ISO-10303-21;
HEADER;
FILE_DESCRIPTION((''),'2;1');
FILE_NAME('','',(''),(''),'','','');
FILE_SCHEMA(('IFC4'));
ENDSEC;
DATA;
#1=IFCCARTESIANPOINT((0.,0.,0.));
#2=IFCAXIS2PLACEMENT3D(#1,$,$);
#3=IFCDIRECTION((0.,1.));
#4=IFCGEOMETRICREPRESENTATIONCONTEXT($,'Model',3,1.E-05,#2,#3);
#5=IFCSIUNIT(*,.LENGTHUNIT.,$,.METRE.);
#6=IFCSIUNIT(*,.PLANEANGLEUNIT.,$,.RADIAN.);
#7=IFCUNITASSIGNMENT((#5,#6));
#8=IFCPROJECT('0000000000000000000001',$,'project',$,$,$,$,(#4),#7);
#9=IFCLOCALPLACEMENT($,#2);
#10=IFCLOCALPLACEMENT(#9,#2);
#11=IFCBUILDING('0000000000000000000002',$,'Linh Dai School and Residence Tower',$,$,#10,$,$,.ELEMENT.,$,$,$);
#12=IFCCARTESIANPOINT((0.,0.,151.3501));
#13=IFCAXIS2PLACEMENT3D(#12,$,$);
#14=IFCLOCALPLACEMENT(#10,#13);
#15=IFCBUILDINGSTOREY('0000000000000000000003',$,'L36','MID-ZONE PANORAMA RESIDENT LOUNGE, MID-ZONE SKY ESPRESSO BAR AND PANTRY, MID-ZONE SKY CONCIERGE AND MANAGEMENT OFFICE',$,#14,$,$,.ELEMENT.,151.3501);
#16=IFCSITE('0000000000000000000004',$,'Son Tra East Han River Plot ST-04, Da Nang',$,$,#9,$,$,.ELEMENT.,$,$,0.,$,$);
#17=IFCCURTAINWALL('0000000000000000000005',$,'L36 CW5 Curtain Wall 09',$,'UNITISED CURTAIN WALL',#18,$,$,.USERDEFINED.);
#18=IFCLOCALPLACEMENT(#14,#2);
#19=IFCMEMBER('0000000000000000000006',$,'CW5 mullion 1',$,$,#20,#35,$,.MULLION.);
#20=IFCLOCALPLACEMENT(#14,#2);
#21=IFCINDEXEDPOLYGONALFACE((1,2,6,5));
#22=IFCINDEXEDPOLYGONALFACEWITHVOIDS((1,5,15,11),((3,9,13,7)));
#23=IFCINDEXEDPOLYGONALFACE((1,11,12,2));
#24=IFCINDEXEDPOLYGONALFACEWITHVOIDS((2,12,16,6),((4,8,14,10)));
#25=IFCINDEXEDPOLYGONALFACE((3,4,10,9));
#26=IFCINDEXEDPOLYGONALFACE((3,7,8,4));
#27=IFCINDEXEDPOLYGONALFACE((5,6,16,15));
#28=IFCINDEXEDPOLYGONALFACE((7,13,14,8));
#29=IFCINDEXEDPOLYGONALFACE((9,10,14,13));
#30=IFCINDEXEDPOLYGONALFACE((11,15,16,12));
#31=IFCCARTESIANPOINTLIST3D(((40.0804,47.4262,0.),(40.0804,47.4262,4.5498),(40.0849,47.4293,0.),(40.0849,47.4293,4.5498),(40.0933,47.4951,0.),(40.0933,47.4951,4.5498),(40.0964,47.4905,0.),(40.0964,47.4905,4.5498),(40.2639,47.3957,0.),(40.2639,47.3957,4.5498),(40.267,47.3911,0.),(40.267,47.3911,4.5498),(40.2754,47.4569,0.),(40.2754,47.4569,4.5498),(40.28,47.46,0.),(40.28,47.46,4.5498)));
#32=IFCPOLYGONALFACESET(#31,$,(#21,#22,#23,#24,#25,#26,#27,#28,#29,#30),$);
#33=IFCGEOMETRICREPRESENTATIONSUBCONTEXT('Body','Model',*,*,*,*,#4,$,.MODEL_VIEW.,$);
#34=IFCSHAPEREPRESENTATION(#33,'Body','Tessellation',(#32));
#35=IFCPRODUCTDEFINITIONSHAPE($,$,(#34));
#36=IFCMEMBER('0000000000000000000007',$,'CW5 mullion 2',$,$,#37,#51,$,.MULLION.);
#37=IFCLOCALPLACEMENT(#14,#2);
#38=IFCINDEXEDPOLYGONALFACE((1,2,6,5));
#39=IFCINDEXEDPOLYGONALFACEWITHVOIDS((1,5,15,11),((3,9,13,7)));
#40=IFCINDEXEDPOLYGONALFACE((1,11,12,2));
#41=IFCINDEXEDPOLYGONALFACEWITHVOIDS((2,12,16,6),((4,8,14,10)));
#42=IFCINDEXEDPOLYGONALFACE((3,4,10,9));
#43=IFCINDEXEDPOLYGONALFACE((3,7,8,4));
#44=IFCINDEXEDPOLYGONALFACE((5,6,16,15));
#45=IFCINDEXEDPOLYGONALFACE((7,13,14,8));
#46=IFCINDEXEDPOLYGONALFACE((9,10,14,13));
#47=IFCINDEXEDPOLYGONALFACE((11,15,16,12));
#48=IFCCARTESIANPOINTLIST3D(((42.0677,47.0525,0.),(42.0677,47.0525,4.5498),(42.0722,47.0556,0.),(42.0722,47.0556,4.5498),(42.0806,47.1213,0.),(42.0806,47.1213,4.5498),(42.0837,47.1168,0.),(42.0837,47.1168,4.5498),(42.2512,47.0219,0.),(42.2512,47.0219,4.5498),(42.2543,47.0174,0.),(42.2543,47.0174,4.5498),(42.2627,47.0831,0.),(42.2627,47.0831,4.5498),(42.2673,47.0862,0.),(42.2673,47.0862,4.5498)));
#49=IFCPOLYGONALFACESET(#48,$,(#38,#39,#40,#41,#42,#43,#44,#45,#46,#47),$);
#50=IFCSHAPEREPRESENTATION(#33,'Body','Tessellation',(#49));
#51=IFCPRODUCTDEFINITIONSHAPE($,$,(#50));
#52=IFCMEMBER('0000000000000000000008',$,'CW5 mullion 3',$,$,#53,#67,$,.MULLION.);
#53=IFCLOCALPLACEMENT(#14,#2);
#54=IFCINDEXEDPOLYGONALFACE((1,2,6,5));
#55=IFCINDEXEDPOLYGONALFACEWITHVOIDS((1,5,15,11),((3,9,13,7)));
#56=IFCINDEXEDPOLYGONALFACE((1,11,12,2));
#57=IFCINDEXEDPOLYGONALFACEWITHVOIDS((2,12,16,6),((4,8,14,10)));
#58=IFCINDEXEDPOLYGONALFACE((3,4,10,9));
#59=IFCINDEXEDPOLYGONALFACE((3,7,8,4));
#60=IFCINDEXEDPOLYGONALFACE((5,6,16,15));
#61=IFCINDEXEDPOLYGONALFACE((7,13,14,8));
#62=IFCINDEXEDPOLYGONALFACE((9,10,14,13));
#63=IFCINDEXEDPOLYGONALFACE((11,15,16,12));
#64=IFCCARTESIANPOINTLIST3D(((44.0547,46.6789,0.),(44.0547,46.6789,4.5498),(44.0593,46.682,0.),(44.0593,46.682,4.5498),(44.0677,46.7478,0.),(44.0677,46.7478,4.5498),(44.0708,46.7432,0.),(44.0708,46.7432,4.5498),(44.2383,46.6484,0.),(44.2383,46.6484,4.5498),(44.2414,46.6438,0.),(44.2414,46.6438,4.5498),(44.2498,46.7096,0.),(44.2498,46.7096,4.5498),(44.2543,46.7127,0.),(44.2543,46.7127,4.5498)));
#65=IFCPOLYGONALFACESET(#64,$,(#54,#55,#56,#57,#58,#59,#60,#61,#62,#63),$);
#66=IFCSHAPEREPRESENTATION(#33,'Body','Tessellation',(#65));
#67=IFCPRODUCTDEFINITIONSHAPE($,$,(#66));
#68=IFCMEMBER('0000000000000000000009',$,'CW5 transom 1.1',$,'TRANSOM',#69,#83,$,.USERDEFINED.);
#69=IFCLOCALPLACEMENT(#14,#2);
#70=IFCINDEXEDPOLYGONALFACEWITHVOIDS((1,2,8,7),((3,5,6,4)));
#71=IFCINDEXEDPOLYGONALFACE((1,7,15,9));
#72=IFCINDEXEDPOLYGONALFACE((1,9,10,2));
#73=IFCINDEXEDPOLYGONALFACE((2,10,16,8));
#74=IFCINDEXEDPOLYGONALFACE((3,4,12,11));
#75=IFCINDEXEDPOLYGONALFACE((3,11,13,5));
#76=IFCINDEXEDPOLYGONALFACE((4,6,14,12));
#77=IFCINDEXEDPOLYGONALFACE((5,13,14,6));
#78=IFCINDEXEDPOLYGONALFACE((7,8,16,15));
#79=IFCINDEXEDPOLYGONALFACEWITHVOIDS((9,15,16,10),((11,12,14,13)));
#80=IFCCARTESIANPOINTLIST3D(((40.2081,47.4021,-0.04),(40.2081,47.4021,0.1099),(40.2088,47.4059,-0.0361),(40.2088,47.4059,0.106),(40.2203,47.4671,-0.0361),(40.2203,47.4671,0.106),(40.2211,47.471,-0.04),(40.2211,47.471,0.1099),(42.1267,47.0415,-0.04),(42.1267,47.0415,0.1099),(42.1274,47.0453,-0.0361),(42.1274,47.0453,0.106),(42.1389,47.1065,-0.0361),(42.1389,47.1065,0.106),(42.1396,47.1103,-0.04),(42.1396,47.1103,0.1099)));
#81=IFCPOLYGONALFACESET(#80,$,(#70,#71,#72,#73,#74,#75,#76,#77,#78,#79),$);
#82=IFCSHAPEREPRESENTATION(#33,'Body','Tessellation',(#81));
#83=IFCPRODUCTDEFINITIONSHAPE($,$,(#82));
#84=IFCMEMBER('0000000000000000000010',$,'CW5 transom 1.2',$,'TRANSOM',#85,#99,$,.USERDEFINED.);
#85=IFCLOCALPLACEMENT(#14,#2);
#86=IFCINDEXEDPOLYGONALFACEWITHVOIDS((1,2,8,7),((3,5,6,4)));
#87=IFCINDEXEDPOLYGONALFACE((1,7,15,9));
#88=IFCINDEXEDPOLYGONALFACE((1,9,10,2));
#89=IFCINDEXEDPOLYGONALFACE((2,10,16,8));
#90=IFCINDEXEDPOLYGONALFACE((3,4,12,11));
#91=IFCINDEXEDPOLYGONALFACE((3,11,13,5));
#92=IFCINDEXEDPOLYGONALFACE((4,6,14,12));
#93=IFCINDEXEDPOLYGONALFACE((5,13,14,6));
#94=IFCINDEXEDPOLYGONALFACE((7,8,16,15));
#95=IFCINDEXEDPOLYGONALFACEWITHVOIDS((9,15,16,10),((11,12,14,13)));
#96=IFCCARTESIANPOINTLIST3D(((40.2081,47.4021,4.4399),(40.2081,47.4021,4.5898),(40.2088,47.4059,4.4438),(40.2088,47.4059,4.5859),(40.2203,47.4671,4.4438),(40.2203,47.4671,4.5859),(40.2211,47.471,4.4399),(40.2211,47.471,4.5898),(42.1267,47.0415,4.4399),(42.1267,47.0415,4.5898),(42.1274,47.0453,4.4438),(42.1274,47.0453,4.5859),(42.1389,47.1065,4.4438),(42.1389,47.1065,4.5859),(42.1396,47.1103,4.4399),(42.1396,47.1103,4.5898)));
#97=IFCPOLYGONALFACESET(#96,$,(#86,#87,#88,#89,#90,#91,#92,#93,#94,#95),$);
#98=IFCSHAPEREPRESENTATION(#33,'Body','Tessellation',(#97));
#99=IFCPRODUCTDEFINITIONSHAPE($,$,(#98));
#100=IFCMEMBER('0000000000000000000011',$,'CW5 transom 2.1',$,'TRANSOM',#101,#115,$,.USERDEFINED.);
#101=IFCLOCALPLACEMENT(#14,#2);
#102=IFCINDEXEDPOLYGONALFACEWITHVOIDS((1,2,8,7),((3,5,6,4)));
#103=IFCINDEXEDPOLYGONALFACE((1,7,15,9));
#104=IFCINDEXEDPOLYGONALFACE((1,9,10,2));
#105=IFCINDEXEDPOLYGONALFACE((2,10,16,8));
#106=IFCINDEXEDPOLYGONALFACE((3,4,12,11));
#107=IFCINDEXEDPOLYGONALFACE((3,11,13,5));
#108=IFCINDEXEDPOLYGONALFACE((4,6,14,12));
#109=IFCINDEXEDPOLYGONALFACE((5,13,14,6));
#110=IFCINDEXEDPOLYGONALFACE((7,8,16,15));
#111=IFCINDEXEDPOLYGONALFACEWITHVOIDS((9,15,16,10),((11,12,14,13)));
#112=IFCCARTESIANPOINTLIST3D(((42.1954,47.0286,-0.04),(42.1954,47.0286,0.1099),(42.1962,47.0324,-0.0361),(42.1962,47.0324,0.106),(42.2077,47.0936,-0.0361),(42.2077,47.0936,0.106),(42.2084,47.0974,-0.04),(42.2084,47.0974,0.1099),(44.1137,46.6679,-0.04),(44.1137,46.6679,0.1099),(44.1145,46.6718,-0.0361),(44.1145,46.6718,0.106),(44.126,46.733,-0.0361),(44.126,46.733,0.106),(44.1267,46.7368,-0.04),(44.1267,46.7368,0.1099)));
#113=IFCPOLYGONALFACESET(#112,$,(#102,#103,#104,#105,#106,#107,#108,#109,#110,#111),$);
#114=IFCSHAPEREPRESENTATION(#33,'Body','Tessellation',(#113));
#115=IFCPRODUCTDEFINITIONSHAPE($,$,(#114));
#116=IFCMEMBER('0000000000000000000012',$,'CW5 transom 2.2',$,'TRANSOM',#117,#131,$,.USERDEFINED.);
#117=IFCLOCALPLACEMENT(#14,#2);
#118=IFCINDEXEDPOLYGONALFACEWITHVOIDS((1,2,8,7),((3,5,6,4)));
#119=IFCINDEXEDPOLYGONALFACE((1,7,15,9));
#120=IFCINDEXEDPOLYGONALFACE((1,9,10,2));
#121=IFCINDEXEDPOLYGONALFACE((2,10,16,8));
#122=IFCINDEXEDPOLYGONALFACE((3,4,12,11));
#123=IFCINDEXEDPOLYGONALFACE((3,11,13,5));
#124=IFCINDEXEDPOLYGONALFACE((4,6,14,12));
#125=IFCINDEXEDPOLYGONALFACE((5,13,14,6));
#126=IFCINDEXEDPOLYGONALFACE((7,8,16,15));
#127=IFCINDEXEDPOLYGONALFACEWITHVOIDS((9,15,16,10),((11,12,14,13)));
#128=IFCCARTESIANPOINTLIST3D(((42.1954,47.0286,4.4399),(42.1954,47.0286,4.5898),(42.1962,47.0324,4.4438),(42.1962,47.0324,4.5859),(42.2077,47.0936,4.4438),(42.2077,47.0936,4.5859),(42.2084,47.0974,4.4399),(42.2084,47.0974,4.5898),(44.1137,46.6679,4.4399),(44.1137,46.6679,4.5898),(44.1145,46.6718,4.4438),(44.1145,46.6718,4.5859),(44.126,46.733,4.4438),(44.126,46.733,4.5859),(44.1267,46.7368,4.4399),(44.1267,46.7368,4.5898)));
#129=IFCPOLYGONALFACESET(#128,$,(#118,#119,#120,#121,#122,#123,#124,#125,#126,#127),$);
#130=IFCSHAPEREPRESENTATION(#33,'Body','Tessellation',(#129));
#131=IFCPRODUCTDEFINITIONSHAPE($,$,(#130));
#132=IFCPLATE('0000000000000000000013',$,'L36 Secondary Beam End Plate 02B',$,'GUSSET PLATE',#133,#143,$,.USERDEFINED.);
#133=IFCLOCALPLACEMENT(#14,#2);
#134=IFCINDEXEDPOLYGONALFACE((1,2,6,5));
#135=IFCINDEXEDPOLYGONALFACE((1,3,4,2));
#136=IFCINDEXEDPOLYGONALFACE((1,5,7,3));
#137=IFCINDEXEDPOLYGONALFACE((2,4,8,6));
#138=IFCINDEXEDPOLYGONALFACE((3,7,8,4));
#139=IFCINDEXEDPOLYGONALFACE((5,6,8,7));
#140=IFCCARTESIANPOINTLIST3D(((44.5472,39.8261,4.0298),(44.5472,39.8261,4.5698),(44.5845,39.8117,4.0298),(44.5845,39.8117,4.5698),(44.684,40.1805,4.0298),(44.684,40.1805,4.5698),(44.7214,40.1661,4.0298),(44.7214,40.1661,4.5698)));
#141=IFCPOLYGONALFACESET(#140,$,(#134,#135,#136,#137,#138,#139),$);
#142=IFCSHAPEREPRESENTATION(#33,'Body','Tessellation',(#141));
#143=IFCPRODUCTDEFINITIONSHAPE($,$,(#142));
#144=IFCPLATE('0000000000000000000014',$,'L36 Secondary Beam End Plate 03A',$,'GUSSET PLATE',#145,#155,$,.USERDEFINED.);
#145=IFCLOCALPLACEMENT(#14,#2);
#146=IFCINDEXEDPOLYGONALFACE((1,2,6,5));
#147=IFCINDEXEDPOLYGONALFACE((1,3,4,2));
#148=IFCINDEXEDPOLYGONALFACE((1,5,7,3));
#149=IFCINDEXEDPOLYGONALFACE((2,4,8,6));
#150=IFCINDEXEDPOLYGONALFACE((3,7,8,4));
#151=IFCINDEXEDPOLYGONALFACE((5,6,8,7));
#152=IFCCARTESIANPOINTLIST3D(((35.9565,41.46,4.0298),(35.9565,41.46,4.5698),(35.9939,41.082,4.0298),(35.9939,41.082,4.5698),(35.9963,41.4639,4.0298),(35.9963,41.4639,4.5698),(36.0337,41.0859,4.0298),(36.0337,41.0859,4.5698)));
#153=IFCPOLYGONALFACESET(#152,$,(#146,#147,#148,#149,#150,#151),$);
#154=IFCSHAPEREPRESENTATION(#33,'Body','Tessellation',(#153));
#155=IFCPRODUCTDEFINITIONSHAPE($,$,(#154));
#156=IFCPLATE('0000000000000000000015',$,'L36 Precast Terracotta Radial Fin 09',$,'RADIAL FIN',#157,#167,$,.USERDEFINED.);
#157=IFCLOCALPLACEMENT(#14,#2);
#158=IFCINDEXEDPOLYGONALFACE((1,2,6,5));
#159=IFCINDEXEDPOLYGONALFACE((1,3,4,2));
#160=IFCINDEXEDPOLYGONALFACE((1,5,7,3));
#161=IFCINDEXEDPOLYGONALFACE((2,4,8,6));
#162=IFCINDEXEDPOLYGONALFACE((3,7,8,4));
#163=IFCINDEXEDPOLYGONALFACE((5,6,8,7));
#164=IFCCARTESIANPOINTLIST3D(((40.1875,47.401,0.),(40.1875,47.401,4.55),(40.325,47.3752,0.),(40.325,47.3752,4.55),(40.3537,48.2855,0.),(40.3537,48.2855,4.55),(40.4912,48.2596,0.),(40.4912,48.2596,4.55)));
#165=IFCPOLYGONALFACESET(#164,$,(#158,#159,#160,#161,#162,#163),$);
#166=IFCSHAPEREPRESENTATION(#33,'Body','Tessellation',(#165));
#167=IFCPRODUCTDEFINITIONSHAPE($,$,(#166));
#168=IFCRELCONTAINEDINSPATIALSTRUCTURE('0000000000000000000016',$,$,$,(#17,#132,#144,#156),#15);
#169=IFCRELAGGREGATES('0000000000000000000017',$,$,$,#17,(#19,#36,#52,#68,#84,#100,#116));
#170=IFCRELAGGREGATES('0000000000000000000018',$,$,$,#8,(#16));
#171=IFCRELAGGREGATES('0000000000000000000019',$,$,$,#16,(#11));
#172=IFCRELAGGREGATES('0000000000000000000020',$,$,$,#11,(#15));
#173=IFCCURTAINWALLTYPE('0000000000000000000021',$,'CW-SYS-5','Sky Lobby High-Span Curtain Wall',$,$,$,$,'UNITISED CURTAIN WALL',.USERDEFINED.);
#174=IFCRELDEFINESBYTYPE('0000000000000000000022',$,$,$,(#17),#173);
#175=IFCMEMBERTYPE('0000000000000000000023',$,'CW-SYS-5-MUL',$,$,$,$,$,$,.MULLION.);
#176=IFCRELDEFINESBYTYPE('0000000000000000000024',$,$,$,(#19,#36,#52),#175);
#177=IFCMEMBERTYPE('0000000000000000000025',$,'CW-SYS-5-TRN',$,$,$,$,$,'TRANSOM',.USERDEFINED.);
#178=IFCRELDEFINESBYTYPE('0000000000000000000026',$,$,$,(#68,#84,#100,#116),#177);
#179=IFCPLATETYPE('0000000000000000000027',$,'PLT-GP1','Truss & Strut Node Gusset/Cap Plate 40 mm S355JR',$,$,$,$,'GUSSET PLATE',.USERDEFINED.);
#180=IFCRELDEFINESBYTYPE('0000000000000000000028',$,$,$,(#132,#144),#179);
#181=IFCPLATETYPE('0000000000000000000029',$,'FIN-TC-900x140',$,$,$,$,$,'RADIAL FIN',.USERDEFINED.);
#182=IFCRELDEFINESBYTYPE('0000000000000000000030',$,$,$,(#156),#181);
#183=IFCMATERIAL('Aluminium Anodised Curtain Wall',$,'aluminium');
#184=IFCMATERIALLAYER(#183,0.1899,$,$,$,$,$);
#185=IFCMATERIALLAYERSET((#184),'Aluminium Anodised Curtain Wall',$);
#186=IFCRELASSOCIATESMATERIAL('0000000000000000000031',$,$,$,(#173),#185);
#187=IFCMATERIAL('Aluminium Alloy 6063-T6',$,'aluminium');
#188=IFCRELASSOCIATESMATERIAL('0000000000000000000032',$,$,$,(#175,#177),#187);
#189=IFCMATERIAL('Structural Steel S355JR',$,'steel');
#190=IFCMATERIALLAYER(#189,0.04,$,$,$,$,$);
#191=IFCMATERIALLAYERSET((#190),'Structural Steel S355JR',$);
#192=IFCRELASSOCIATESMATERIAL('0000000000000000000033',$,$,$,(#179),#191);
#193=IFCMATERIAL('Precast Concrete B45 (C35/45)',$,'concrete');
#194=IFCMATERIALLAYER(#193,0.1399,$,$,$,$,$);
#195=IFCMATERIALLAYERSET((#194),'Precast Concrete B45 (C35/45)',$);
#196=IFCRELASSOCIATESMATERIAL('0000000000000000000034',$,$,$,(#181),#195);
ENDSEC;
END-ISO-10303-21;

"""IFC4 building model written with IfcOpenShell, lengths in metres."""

from ifc_helpers import new_model, si_unit, direction, frame, origin, origin_2d, place, context, subcontext, project, spatial, rectangle, hollow_rectangle, extrude, source, transform, mapped, material, layer, layer_set, material_profile, profile_set, type_object, element, aggregate, save


model = new_model("IFC4")

# Units and contexts
model_context = context("Model", 3, precision=1e-05, world=origin(), true_north=direction((0.0, 1.0)))
body_context = subcontext(model_context, "Body", "Model", "MODEL_VIEW")
ifc_project = project(units=[si_unit("LENGTHUNIT", "METRE"), si_unit("PLANEANGLEUNIT", "RADIAN")], contexts=[model_context])

# Site, building, storey
site_placement = place(None, origin())
site = spatial("IfcSite", under=ifc_project, at=site_placement, Name="Son Tra East Han River Plot ST-04, Da Nang", CompositionType="ELEMENT", RefElevation=0.0)
building_placement = place(site_placement, origin())
building = spatial("IfcBuilding", under=site, at=building_placement, Name="Linh Dai School and Residence Tower", CompositionType="ELEMENT")
storey_placement = place(building_placement, frame((0.0, 0.0, 151.3501)))
storey = spatial("IfcBuildingStorey", under=building, at=storey_placement, Name="L36", Description="MID-ZONE PANORAMA RESIDENT LOUNGE, MID-ZONE SKY ESPRESSO BAR AND PANTRY, MID-ZONE SKY CONCIERGE AND MANAGEMENT OFFICE", CompositionType="ELEMENT", Elevation=151.3501)

# Shared definitions
ifc_material_1 = material(Name="Structural Steel S355JR", Category="steel")

# Curtain wall, members
ifc_material_2 = material(Name="Aluminium Anodised Curtain Wall", Category="aluminium")
ifc_layer_1 = layer(ifc_material_2, 0.1899)
ifc_layer_set_1 = layer_set([ifc_layer_1], Name="Aluminium Anodised Curtain Wall")
curtain_wall_type = type_object("IfcCurtainWallType", Name="CW-SYS-5", Description="Sky Lobby High-Span Curtain Wall", ElementType="UNITISED CURTAIN WALL", PredefinedType="USERDEFINED", material=ifc_layer_set_1)
curtain_wall_placement = place(storey_placement, origin())
curtain_wall = element("IfcCurtainWall", 1, at=curtain_wall_placement, inside=storey, type_object=curtain_wall_type, Name="L36 CW5 Curtain Wall 09", ObjectType="UNITISED CURTAIN WALL", PredefinedType="USERDEFINED")
ifc_material_3 = material(Name="Aluminium Alloy 6063-T6", Category="aluminium")
ifc_material_profile_1 = material_profile(ifc_material_3, hollow_rectangle(XDim=0.0701, YDim=0.1899, WallThickness=0.0039, at=origin_2d()), Name="RHS 190x70x4")
ifc_profile_set_1 = profile_set([ifc_material_profile_1], Name="Aluminium Alloy 6063-T6")
member_type_1 = type_object("IfcMemberType", Name="CW-SYS-5-MUL", PredefinedType="MULLION", material=ifc_profile_set_1)
shared_shape_1 = source(origin(), body_context, "Body", "SweptSolid", [
    extrude(hollow_rectangle(XDim=0.0701, YDim=0.1899, WallThickness=0.0039, at=origin_2d()), origin(), (0.0, 0.0, 1.0), 4.5498),
])
member_1_placement = place(storey_placement, frame((40.1802, 47.4431, 0.0), z_axis=(0.0, 0.0, 1.0), x_axis=(0.184763, 0.982783, 0.0)))
member_1 = element("IfcMember", 2, at=member_1_placement, type_object=member_type_1, Name="CW5 mullion 1", PredefinedType="MULLION", context=body_context, shape_type="MappedRepresentation", body=[
    mapped(shared_shape_1, transform((0.0, 0.0, 0.0), x_axis=(1.0, 0.0, 0.0), y_axis=(0.0, 1.0, 0.0), z_axis=(0.0, 0.0, 1.0), scale=1.0)),
])
member_2_placement = place(storey_placement, frame((42.1675, 47.0693, 0.0), z_axis=(0.0, 0.0, 1.0), x_axis=(0.184763, 0.982783, 0.0)))
member_2 = element("IfcMember", 3, at=member_2_placement, type_object=member_type_1, Name="CW5 mullion 2", PredefinedType="MULLION", context=body_context, shape_type="MappedRepresentation", body=[
    mapped(shared_shape_1, transform((0.0, 0.0, 0.0), x_axis=(1.0, 0.0, 0.0), y_axis=(0.0, 1.0, 0.0), z_axis=(0.0, 0.0, 1.0), scale=1.0)),
])
member_3_placement = place(storey_placement, frame((44.1545, 46.6958, 0.0), z_axis=(0.0, 0.0, 1.0), x_axis=(0.184763, 0.982783, 0.0)))
member_3 = element("IfcMember", 4, at=member_3_placement, type_object=member_type_1, Name="CW5 mullion 3", PredefinedType="MULLION", context=body_context, shape_type="MappedRepresentation", body=[
    mapped(shared_shape_1, transform((0.0, 0.0, 0.0), x_axis=(1.0, 0.0, 0.0), y_axis=(0.0, 1.0, 0.0), z_axis=(0.0, 0.0, 1.0), scale=1.0)),
])
ifc_material_profile_2 = material_profile(ifc_material_3, hollow_rectangle(XDim=0.0701, YDim=0.1499, WallThickness=0.0039, at=origin_2d()), Name="RHS 150x70x4")
ifc_profile_set_2 = profile_set([ifc_material_profile_2], Name="Aluminium Alloy 6063-T6")
member_type_2 = type_object("IfcMemberType", Name="CW-SYS-5-TRN", ElementType="TRANSOM", PredefinedType="USERDEFINED", material=ifc_profile_set_2)
shared_shape_2 = source(origin(), body_context, "Body", "SweptSolid", [
    extrude(hollow_rectangle(XDim=0.0701, YDim=0.1499, WallThickness=0.0039, at=origin_2d()), origin(), (0.0, 0.0, 1.0), 1.9521),
])
member_4_placement = place(storey_placement, frame((40.2146, 47.4365, 0.0349), z_axis=(0.98279, -0.184726, 0.0), x_axis=(0.184726, 0.98279, 0.0)))
member_4 = element("IfcMember", 5, at=member_4_placement, type_object=member_type_2, Name="CW5 transom 1.1", ObjectType="TRANSOM", PredefinedType="USERDEFINED", context=body_context, shape_type="MappedRepresentation", body=[
    mapped(shared_shape_2, transform((0.0, 0.0, 0.0), x_axis=(1.0, 0.0, 0.0), y_axis=(0.0, 1.0, 0.0), z_axis=(0.0, 0.0, 1.0), scale=1.0)),
])
member_5_placement = place(storey_placement, frame((40.2146, 47.4365, 4.5149), z_axis=(0.98279, -0.184726, 0.0), x_axis=(0.184726, 0.98279, 0.0)))
member_5 = element("IfcMember", 6, at=member_5_placement, type_object=member_type_2, Name="CW5 transom 1.2", ObjectType="TRANSOM", PredefinedType="USERDEFINED", context=body_context, shape_type="MappedRepresentation", body=[
    mapped(shared_shape_2, transform((0.0, 0.0, 0.0), x_axis=(1.0, 0.0, 0.0), y_axis=(0.0, 1.0, 0.0), z_axis=(0.0, 0.0, 1.0), scale=1.0)),
])
shared_shape_3 = source(origin(), body_context, "Body", "SweptSolid", [
    extrude(hollow_rectangle(XDim=0.0701, YDim=0.1499, WallThickness=0.0039, at=origin_2d()), origin(), (0.0, 0.0, 1.0), 1.9519),
])
member_6_placement = place(storey_placement, frame((42.2019, 47.063, 0.0349), z_axis=(0.982786, -0.184749, 0.0), x_axis=(0.184749, 0.982786, 0.0)))
member_6 = element("IfcMember", 7, at=member_6_placement, type_object=member_type_2, Name="CW5 transom 2.1", ObjectType="TRANSOM", PredefinedType="USERDEFINED", context=body_context, shape_type="MappedRepresentation", body=[
    mapped(shared_shape_3, transform((0.0, 0.0, 0.0), x_axis=(1.0, 0.0, 0.0), y_axis=(0.0, 1.0, 0.0), z_axis=(0.0, 0.0, 1.0), scale=1.0)),
])
member_7_placement = place(storey_placement, frame((42.2019, 47.063, 4.5149), z_axis=(0.982786, -0.184749, 0.0), x_axis=(0.184749, 0.982786, 0.0)))
member_7 = element("IfcMember", 8, at=member_7_placement, type_object=member_type_2, Name="CW5 transom 2.2", ObjectType="TRANSOM", PredefinedType="USERDEFINED", context=body_context, shape_type="MappedRepresentation", body=[
    mapped(shared_shape_3, transform((0.0, 0.0, 0.0), x_axis=(1.0, 0.0, 0.0), y_axis=(0.0, 1.0, 0.0), z_axis=(0.0, 0.0, 1.0), scale=1.0)),
])

# Plates
ifc_layer_2 = layer(ifc_material_1, 0.04)
ifc_layer_set_2 = layer_set([ifc_layer_2], Name="Structural Steel S355JR")
plate_type_1 = type_object("IfcPlateType", Name="PLT-GP1", Description="Truss & Strut Node Gusset/Cap Plate 40 mm S355JR", ElementType="GUSSET PLATE", PredefinedType="USERDEFINED", material=ifc_layer_set_2)
shared_shape_4 = source(origin(), body_context, "Body", "SweptSolid", [
    extrude(rectangle(XDim=0.04, YDim=0.3799, at=origin_2d()), origin(), (0.0, 0.0, 1.0), 0.54),
])
for number, where, z_axis, x_axis, name in (
    (9, (44.6343, 39.9961, 4.0298), (0.0, 0.0, 1.0), (-0.932823, 0.360335, 0.0), "L36 Secondary Beam End Plate 02B"),
    (10, (35.9951, 41.2729, 4.0298), (0.0, 0.0, 1.0), (-0.995145, -0.098423, 0.0), "L36 Secondary Beam End Plate 03A"),
):
    element("IfcPlate", number, at=place(storey_placement, frame(where, z_axis=z_axis, x_axis=x_axis)), inside=storey, type_object=plate_type_1, Name=name, ObjectType="GUSSET PLATE", PredefinedType="USERDEFINED", context=body_context, shape_type="MappedRepresentation", body=[
        mapped(shared_shape_4, transform((0.0, 0.0, 0.0), x_axis=(1.0, 0.0, 0.0), y_axis=(0.0, 1.0, 0.0), z_axis=(0.0, 0.0, 1.0), scale=1.0)),
    ])
ifc_material_4 = material(Name="Precast Concrete B45 (C35/45)", Category="concrete")
ifc_layer_3 = layer(ifc_material_4, 0.1399)
ifc_layer_set_3 = layer_set([ifc_layer_3], Name="Precast Concrete B45 (C35/45)")
plate_type_2 = type_object("IfcPlateType", Name="FIN-TC-900x140", ElementType="RADIAL FIN", PredefinedType="USERDEFINED", material=ifc_layer_set_3)
shared_shape_5 = source(origin(), body_context, "Body", "SweptSolid", [
    extrude(rectangle(XDim=0.8999, YDim=0.1399, at=origin_2d()), origin(), (0.0, 0.0, 1.0), 4.55),
])
plate_1_placement = place(storey_placement, frame((40.3394, 47.8303, 0.0), z_axis=(0.0, 0.0, 1.0), x_axis=(0.184763, 0.982783, 0.0)))
element("IfcPlate", 11, at=plate_1_placement, inside=storey, type_object=plate_type_2, Name="L36 Precast Terracotta Radial Fin 09", ObjectType="RADIAL FIN", PredefinedType="USERDEFINED", context=body_context, shape_type="MappedRepresentation", body=[
    mapped(shared_shape_5, transform((0.0, 0.0, 0.0), x_axis=(1.0, 0.0, 0.0), y_axis=(0.0, 1.0, 0.0), z_axis=(0.0, 0.0, 1.0), scale=1.0)),
])

aggregate(curtain_wall, [member_1, member_2, member_3, member_4, member_5, member_6, member_7])

save(model, "model.ifc")
